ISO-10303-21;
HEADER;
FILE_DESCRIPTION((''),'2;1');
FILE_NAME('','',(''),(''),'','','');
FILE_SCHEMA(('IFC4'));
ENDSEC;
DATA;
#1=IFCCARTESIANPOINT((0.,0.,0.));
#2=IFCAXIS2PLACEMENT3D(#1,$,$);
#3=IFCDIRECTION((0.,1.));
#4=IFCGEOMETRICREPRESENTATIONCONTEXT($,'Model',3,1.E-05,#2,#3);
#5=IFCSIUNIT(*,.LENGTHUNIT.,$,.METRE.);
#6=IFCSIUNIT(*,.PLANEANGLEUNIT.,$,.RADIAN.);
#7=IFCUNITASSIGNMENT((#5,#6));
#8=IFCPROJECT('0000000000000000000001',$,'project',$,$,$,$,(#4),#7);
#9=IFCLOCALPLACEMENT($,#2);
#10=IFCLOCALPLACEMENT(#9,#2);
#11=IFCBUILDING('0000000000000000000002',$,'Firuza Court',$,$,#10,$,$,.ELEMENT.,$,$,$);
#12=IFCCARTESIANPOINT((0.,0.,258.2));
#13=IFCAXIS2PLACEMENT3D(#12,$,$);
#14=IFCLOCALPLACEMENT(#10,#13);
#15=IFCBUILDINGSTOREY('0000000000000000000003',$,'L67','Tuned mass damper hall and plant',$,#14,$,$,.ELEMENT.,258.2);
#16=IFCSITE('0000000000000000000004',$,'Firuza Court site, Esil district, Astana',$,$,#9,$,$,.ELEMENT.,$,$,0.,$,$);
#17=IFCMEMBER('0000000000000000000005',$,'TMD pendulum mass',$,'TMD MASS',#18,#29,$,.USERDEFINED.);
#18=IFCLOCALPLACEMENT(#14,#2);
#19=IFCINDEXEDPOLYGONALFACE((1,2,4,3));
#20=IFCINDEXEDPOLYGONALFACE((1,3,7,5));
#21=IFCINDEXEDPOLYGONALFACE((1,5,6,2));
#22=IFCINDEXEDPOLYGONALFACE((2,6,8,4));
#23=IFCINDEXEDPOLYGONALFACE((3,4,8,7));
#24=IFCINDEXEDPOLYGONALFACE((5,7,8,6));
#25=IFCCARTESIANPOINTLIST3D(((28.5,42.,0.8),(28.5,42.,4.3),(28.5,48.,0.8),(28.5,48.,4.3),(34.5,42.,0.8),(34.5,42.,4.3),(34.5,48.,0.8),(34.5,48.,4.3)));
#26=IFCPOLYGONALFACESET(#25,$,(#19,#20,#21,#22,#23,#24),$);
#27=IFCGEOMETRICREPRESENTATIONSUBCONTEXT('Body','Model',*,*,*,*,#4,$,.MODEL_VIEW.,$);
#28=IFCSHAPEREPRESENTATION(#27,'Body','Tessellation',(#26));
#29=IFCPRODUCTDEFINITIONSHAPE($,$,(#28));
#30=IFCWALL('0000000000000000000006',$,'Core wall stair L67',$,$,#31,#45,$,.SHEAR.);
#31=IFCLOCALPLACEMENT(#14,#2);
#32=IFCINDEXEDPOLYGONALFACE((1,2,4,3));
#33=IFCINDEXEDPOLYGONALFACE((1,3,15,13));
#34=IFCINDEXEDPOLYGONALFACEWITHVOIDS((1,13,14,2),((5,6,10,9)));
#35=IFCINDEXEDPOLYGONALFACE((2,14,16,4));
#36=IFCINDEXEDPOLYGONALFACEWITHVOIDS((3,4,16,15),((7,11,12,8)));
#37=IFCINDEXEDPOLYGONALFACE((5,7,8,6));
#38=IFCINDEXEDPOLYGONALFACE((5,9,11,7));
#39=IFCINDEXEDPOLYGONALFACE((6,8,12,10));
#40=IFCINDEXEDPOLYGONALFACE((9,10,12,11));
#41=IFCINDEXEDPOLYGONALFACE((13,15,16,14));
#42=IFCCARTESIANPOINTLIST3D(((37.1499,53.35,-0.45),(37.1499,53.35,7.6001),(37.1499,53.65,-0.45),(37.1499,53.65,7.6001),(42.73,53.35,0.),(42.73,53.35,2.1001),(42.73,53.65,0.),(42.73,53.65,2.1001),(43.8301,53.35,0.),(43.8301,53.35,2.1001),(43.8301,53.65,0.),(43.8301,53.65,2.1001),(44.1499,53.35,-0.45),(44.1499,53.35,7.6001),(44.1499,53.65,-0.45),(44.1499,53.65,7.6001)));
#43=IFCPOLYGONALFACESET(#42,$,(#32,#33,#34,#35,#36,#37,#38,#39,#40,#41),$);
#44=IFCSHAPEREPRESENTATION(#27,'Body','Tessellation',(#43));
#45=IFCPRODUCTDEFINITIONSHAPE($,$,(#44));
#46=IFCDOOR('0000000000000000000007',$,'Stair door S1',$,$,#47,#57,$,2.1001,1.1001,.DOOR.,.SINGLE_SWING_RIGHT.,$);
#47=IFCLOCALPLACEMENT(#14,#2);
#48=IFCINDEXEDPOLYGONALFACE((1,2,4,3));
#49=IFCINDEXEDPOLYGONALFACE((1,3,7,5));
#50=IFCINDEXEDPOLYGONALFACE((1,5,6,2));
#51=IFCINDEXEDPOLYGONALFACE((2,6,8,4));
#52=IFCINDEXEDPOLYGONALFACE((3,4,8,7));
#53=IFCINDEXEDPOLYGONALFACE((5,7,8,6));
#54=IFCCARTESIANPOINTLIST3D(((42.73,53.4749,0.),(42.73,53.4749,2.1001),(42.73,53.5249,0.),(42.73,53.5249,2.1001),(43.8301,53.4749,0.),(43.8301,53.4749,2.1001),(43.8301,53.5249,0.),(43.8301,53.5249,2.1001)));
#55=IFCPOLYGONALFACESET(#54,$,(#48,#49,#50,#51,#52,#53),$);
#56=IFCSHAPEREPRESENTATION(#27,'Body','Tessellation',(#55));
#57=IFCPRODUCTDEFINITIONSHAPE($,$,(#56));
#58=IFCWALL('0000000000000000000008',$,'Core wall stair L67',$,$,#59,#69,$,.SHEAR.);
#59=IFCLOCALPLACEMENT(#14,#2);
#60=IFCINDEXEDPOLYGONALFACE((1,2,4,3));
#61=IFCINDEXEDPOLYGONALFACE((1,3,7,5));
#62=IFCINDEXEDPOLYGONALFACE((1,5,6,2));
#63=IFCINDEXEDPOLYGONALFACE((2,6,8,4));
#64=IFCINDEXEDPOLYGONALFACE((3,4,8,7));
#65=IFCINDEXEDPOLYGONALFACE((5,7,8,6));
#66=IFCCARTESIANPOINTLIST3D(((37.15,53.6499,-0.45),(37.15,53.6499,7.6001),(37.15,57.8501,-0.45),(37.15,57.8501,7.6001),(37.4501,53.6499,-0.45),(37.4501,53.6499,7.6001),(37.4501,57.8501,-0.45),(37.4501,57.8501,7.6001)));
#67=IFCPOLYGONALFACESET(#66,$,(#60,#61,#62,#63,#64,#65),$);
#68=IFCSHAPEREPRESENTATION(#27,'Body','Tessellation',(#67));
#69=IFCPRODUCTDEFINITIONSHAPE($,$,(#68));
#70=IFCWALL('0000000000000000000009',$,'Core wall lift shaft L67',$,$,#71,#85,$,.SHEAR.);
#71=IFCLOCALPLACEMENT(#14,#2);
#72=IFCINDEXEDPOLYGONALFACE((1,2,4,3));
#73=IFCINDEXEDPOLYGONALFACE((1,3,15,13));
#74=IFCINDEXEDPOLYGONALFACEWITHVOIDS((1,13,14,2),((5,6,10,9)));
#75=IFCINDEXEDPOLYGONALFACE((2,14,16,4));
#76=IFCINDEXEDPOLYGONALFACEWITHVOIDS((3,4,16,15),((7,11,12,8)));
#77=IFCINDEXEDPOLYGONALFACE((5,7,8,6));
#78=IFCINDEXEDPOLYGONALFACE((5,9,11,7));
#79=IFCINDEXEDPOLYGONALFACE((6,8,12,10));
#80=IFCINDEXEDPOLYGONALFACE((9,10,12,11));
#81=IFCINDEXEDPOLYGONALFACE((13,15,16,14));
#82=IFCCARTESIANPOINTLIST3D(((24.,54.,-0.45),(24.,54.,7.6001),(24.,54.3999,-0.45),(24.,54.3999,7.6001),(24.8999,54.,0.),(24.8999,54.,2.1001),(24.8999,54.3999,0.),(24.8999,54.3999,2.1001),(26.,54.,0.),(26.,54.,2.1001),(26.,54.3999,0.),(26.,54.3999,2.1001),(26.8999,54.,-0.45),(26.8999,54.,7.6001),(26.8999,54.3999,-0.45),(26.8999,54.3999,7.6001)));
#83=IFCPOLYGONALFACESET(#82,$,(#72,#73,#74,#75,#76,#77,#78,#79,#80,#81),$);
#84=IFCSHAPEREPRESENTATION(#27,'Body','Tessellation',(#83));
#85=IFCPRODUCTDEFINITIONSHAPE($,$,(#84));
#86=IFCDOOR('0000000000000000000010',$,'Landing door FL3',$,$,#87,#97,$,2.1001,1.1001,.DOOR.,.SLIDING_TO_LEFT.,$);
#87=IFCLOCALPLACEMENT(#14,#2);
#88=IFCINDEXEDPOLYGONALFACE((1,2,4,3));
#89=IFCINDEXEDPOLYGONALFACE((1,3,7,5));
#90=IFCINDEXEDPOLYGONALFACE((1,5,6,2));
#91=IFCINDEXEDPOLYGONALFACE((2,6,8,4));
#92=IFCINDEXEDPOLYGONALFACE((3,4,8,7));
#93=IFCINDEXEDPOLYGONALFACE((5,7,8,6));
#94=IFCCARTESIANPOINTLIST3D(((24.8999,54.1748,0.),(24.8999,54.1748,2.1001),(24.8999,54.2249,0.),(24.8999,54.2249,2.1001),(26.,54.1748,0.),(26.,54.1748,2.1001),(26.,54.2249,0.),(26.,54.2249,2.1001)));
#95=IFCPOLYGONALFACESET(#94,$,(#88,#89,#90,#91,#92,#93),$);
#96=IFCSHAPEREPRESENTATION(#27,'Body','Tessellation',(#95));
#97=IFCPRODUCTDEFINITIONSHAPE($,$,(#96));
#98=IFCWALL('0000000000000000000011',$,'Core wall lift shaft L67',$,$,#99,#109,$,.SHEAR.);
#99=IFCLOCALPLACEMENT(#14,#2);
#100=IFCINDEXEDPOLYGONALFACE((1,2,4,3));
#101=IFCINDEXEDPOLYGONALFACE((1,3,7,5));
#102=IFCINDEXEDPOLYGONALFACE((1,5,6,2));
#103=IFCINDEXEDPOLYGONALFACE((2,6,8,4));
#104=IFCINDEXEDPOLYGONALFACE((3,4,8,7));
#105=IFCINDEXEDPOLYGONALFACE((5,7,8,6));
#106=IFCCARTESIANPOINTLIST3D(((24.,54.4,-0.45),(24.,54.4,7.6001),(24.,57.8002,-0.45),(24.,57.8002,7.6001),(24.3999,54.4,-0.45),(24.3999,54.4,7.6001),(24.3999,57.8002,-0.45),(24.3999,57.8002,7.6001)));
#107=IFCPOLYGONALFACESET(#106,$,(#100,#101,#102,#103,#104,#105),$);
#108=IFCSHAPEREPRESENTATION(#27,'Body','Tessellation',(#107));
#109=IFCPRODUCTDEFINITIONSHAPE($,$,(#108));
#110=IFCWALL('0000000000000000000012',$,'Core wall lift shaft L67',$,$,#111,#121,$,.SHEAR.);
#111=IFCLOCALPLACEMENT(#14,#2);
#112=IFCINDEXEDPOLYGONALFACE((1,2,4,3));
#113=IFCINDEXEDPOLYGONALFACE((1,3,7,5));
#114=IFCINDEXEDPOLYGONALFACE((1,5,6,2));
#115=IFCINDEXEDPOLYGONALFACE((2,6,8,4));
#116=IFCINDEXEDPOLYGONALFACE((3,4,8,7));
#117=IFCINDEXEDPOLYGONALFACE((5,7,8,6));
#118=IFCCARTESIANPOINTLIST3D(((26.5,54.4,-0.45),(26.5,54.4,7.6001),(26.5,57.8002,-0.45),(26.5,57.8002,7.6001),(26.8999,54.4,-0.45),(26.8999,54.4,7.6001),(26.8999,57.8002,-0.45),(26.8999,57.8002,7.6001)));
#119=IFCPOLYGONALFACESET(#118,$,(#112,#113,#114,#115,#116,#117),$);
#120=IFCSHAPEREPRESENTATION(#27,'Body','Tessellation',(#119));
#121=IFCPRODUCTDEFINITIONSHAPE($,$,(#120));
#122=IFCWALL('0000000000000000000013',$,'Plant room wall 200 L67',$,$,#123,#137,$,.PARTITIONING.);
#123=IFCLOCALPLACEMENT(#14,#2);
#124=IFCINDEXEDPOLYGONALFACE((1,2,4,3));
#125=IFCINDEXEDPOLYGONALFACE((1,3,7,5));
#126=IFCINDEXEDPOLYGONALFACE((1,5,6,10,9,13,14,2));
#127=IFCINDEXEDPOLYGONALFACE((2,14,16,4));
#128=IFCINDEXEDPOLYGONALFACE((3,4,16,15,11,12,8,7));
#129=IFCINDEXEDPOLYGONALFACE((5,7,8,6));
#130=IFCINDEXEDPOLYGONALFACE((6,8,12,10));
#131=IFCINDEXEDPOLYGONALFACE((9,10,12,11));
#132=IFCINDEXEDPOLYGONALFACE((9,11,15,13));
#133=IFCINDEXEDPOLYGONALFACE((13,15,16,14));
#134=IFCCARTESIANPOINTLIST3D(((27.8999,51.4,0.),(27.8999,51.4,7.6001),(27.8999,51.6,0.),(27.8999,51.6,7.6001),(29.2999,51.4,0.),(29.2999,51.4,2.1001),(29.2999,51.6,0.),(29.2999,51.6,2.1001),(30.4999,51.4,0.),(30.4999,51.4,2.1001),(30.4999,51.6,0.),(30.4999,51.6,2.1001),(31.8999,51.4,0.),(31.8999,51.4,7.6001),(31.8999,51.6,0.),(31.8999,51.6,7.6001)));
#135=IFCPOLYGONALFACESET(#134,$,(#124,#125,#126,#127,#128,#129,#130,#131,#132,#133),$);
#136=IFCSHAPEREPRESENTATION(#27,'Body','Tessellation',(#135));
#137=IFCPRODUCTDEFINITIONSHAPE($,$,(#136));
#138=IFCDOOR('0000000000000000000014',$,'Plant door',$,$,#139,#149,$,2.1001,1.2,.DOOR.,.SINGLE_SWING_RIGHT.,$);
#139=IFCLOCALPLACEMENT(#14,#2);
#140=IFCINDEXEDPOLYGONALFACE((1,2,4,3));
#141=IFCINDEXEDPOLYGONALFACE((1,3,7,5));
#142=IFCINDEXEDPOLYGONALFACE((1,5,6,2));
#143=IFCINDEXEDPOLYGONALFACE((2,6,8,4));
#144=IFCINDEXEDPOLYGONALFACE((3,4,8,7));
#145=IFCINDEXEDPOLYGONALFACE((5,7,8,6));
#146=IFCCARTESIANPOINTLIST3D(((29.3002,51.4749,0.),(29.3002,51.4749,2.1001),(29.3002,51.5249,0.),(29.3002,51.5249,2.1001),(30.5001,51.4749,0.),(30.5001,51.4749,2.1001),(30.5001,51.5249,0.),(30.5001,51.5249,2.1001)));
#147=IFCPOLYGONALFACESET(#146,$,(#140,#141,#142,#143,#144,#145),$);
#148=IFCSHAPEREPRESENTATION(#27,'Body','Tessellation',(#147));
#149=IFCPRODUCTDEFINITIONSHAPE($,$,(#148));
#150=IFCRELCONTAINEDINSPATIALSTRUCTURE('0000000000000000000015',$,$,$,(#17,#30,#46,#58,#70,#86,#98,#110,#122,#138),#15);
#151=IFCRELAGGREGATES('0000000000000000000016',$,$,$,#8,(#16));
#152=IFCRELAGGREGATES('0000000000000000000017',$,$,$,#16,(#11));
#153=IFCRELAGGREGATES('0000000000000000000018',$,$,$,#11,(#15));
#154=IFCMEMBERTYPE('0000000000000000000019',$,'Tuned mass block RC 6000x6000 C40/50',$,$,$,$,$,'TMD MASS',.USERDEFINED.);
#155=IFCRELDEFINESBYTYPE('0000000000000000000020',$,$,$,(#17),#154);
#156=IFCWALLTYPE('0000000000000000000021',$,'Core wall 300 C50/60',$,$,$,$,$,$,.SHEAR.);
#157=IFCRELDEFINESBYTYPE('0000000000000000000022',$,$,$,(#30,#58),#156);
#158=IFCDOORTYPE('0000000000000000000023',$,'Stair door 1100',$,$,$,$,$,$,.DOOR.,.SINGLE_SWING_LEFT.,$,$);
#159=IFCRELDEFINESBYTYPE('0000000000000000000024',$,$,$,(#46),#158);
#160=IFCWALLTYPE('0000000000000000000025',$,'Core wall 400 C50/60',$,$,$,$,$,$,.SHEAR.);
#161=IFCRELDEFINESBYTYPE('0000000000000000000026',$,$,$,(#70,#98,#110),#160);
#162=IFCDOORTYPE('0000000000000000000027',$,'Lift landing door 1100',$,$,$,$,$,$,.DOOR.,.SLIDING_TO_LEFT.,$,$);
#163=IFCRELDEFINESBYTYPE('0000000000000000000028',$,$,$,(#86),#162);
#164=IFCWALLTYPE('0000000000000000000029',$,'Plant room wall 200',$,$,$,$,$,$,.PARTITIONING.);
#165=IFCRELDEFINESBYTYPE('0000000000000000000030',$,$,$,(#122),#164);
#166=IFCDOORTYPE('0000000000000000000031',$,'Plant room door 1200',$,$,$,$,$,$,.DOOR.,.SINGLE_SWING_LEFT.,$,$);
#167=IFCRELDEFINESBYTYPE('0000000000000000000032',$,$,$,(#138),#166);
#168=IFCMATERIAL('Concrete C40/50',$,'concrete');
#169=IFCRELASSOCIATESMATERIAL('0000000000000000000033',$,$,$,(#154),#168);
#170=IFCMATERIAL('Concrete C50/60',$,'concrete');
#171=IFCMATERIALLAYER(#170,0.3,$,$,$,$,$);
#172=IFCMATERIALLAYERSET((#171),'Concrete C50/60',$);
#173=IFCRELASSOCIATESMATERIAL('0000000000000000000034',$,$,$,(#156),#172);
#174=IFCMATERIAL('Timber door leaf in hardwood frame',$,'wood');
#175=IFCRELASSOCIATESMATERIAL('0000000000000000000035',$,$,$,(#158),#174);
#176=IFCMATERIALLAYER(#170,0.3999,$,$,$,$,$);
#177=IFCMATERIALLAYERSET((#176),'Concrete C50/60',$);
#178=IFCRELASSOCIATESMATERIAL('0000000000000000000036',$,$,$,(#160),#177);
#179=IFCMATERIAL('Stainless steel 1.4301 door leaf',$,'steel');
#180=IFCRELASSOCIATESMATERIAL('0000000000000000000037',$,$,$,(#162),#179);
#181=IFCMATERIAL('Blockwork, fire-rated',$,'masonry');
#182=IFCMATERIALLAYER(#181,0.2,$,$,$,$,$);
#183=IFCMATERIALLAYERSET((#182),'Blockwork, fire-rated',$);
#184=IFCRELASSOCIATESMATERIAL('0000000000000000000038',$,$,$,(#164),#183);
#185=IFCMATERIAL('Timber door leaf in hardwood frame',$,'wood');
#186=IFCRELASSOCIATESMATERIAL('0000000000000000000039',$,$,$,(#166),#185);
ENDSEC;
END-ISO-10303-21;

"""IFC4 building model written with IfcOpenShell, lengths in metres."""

from ifc_helpers import new_model, si_unit, direction, frame, frame_2d, origin, origin_2d, place, context, subcontext, project, spatial, rectangle, extrude, material, layer, layer_set, material_profile, profile_set, type_object, element, fill, save


model = new_model("IFC4")

# Units and contexts
model_context = context("Model", 3, precision=1e-05, world=origin(), true_north=direction((0.0, 1.0)))
body_context = subcontext(model_context, "Body", "Model", "MODEL_VIEW")
ifc_project = project(units=[si_unit("LENGTHUNIT", "METRE"), si_unit("PLANEANGLEUNIT", "RADIAN")], contexts=[model_context])

# Site, building, storey
site_placement = place(None, origin())
site = spatial("IfcSite", under=ifc_project, at=site_placement, Name="Firuza Court site, Esil district, Astana", CompositionType="ELEMENT", RefElevation=0.0)
building_placement = place(site_placement, origin())
building = spatial("IfcBuilding", under=site, at=building_placement, Name="Firuza Court", CompositionType="ELEMENT")
storey_placement = place(building_placement, frame((0.0, 0.0, 258.2)))
storey = spatial("IfcBuildingStorey", under=building, at=storey_placement, Name="L67", Description="Tuned mass damper hall and plant", CompositionType="ELEMENT", Elevation=258.2)

# Member
ifc_material_1 = material(Name="Concrete C40/50", Category="concrete")
ifc_material_profile_1 = material_profile(ifc_material_1, rectangle(XDim=6.0, YDim=6.0, at=origin_2d()), Name="RC 6000x6000")
ifc_profile_set_1 = profile_set([ifc_material_profile_1], Name="Concrete C40/50")
member_type_1 = type_object("IfcMemberType", Name="Tuned mass block RC 6000x6000 C40/50", ElementType="TMD MASS", PredefinedType="USERDEFINED", material=ifc_profile_set_1)
member_1_placement = place(storey_placement, frame((31.5, 45.0, 0.8), z_axis=(0.0, 0.0, 1.0), x_axis=(1.0, 0.0, 0.0)))
element("IfcMember", 1, at=member_1_placement, inside=storey, type_object=member_type_1, Name="TMD pendulum mass", ObjectType="TMD MASS", PredefinedType="USERDEFINED", context=body_context, shape_type="SweptSolid", body=[
    extrude(rectangle(XDim=6.0, YDim=6.0, at=origin_2d()), origin(), (0.0, 0.0, 1.0), 3.5),
])

# Wall, opening, door
ifc_material_2 = material(Name="Concrete C50/60", Category="concrete")
ifc_layer_1 = layer(ifc_material_2, 0.3)
ifc_layer_set_1 = layer_set([ifc_layer_1], Name="Concrete C50/60")
wall_type_1 = type_object("IfcWallType", Name="Core wall 300 C50/60", PredefinedType="SHEAR", material=ifc_layer_set_1)
wall_1_placement = place(storey_placement, frame((37.1499, 53.5, -0.45), z_axis=(0.0, 0.0, 1.0), x_axis=(1.0, 0.0, 0.0)))
wall_1 = element("IfcWall", 2, at=wall_1_placement, inside=storey, type_object=wall_type_1, Name="Core wall stair L67", PredefinedType="SHEAR", context=body_context, shape_type="SweptSolid", body=[
    extrude(rectangle(XDim=7.0, YDim=0.3, at=frame_2d((3.5, 0.0))), origin(), (0.0, 0.0, 1.0), 8.05),
])
opening_1_placement = place(wall_1_placement, frame((5.5801, 0.0, 0.45)))
opening_1 = element("IfcOpeningElement", 3, at=opening_1_placement, cuts=wall_1, PredefinedType="OPENING", context=body_context, shape_type="SweptSolid", body=[
    extrude(rectangle(XDim=1.1001, YDim=2.1001, at=frame_2d((0.55, 1.05))), frame((0.0, 0.1621, 0.0), z_axis=(0.0, -1.0, 0.0), x_axis=(1.0, 0.0, 0.0)), (0.0, 0.0, 1.0), 0.324),
])
ifc_material_3 = material(Name="Timber door leaf in hardwood frame", Category="wood")
door_type_1 = type_object("IfcDoorType", Name="Stair door 1100", OperationType="SINGLE_SWING_LEFT", PredefinedType="DOOR", material=ifc_material_3)
door_1_placement = place(opening_1_placement, origin())
door_1 = element("IfcDoor", 4, at=door_1_placement, inside=storey, type_object=door_type_1, Name="Stair door S1", OperationType="SINGLE_SWING_RIGHT", OverallHeight=2.1001, OverallWidth=1.1001, PredefinedType="DOOR", context=body_context, shape_type="SweptSolid", body=[
    extrude(rectangle(XDim=1.1001, YDim=2.1001, at=frame_2d((0.55, 1.05))), frame((0.0, 0.0249, 0.0), z_axis=(0.0, -1.0, 0.0), x_axis=(1.0, 0.0, 0.0)), (0.0, 0.0, 1.0), 0.05),
])
fill(opening_1, door_1)

# Wall
wall_2_placement = place(storey_placement, frame((37.3, 53.6499, -0.45), z_axis=(0.0, 0.0, 1.0), x_axis=(0.0, 1.0, 0.0)))
element("IfcWall", 5, at=wall_2_placement, inside=storey, type_object=wall_type_1, Name="Core wall stair L67", PredefinedType="SHEAR", context=body_context, shape_type="SweptSolid", body=[
    extrude(rectangle(XDim=4.2002, YDim=0.3, at=frame_2d((2.1001, 0.0))), origin(), (0.0, 0.0, 1.0), 8.05),
])

# Wall, opening, door
ifc_layer_2 = layer(ifc_material_2, 0.3999)
ifc_layer_set_2 = layer_set([ifc_layer_2], Name="Concrete C50/60")
wall_type_2 = type_object("IfcWallType", Name="Core wall 400 C50/60", PredefinedType="SHEAR", material=ifc_layer_set_2)
wall_3_placement = place(storey_placement, frame((24.0, 54.2, -0.45), z_axis=(0.0, 0.0, 1.0), x_axis=(1.0, 0.0, 0.0)))
wall_3 = element("IfcWall", 6, at=wall_3_placement, inside=storey, type_object=wall_type_2, Name="Core wall lift shaft L67", PredefinedType="SHEAR", context=body_context, shape_type="SweptSolid", body=[
    extrude(rectangle(XDim=2.8999, YDim=0.3999, at=frame_2d((1.45, 0.0))), origin(), (0.0, 0.0, 1.0), 8.05),
])
opening_2_placement = place(wall_3_placement, frame((0.8999, 0.0, 0.45)))
opening_2 = element("IfcOpeningElement", 7, at=opening_2_placement, cuts=wall_3, PredefinedType="OPENING", context=body_context, shape_type="SweptSolid", body=[
    extrude(rectangle(XDim=1.1001, YDim=2.1001, at=frame_2d((0.55, 1.05))), frame((0.0, 0.2119, 0.0), z_axis=(0.0, -1.0, 0.0), x_axis=(1.0, 0.0, 0.0)), (0.0, 0.0, 1.0), 0.4238),
])
ifc_material_4 = material(Name="Stainless steel 1.4301 door leaf", Category="steel")
door_type_2 = type_object("IfcDoorType", Name="Lift landing door 1100", OperationType="SLIDING_TO_LEFT", PredefinedType="DOOR", material=ifc_material_4)
door_2_placement = place(opening_2_placement, origin())
door_2 = element("IfcDoor", 8, at=door_2_placement, inside=storey, type_object=door_type_2, Name="Landing door FL3", OperationType="SLIDING_TO_LEFT", OverallHeight=2.1001, OverallWidth=1.1001, PredefinedType="DOOR", context=body_context, shape_type="SweptSolid", body=[
    extrude(rectangle(XDim=1.1001, YDim=2.1001, at=frame_2d((0.55, 1.05))), frame((0.0, 0.0249, 0.0), z_axis=(0.0, -1.0, 0.0), x_axis=(1.0, 0.0, 0.0)), (0.0, 0.0, 1.0), 0.05),
])
fill(opening_2, door_2)

# Walls
for number, where, z_axis, x_axis, name in (
    (9, (24.2, 54.3999, -0.45), (0.0, 0.0, 1.0), (0.0, 1.0, 0.0), "Core wall lift shaft L67"),
    (10, (26.7, 54.3999, -0.45), (0.0, 0.0, 1.0), (0.0, 1.0, 0.0), "Core wall lift shaft L67"),
):
    element("IfcWall", number, at=place(storey_placement, frame(where, z_axis=z_axis, x_axis=x_axis)), inside=storey, type_object=wall_type_2, Name=name, PredefinedType="SHEAR", context=body_context, shape_type="SweptSolid", body=[
        extrude(rectangle(XDim=3.4001, YDim=0.3999, at=frame_2d((1.7002, 0.0))), origin(), (0.0, 0.0, 1.0), 8.05),
    ])

# Wall, opening, door
ifc_material_5 = material(Name="Blockwork, fire-rated", Category="masonry")
ifc_layer_3 = layer(ifc_material_5, 0.2)
ifc_layer_set_3 = layer_set([ifc_layer_3], Name="Blockwork, fire-rated")
wall_type_3 = type_object("IfcWallType", Name="Plant room wall 200", PredefinedType="PARTITIONING", material=ifc_layer_set_3)
wall_4_placement = place(storey_placement, frame((31.8999, 51.5, 0.0), z_axis=(0.0, 0.0, 1.0), x_axis=(-1.0, 0.0, 0.0)))
wall_4 = element("IfcWall", 11, at=wall_4_placement, inside=storey, type_object=wall_type_3, Name="Plant room wall 200 L67", PredefinedType="PARTITIONING", context=body_context, shape_type="SweptSolid", body=[
    extrude(rectangle(XDim=4.0, YDim=0.2, at=frame_2d((2.0, 0.0))), origin(), (0.0, 0.0, 1.0), 7.6001),
])
opening_3_placement = place(wall_4_placement, frame((1.3999, 0.0, 0.0)))
opening_3 = element("IfcOpeningElement", 12, at=opening_3_placement, cuts=wall_4, PredefinedType="OPENING", context=body_context, shape_type="SweptSolid", body=[
    extrude(rectangle(XDim=1.2, YDim=2.1001, at=frame_2d((0.6001, 1.05))), frame((0.0, 0.1118, 0.0), z_axis=(0.0, -1.0, 0.0), x_axis=(1.0, 0.0, 0.0)), (0.0, 0.0, 1.0), 0.2239),
])
ifc_material_6 = material(Name="Timber door leaf in hardwood frame", Category="wood")
door_type_3 = type_object("IfcDoorType", Name="Plant room door 1200", OperationType="SINGLE_SWING_LEFT", PredefinedType="DOOR", material=ifc_material_6)
door_3_placement = place(opening_3_placement, frame((1.2, 0.0, 0.0), z_axis=(0.0, 0.0, 1.0), x_axis=(-1.0, 0.0, 0.0)))
door_3 = element("IfcDoor", 13, at=door_3_placement, inside=storey, type_object=door_type_3, Name="Plant door", OperationType="SINGLE_SWING_RIGHT", OverallHeight=2.1001, OverallWidth=1.2, PredefinedType="DOOR", context=body_context, shape_type="SweptSolid", body=[
    extrude(rectangle(XDim=1.2, YDim=2.1001, at=frame_2d((0.6001, 1.05))), frame((0.0, 0.0249, 0.0), z_axis=(0.0, -1.0, 0.0), x_axis=(1.0, 0.0, 0.0)), (0.0, 0.0, 1.0), 0.05),
])
fill(opening_3, door_3)

save(model, "model.ifc")
